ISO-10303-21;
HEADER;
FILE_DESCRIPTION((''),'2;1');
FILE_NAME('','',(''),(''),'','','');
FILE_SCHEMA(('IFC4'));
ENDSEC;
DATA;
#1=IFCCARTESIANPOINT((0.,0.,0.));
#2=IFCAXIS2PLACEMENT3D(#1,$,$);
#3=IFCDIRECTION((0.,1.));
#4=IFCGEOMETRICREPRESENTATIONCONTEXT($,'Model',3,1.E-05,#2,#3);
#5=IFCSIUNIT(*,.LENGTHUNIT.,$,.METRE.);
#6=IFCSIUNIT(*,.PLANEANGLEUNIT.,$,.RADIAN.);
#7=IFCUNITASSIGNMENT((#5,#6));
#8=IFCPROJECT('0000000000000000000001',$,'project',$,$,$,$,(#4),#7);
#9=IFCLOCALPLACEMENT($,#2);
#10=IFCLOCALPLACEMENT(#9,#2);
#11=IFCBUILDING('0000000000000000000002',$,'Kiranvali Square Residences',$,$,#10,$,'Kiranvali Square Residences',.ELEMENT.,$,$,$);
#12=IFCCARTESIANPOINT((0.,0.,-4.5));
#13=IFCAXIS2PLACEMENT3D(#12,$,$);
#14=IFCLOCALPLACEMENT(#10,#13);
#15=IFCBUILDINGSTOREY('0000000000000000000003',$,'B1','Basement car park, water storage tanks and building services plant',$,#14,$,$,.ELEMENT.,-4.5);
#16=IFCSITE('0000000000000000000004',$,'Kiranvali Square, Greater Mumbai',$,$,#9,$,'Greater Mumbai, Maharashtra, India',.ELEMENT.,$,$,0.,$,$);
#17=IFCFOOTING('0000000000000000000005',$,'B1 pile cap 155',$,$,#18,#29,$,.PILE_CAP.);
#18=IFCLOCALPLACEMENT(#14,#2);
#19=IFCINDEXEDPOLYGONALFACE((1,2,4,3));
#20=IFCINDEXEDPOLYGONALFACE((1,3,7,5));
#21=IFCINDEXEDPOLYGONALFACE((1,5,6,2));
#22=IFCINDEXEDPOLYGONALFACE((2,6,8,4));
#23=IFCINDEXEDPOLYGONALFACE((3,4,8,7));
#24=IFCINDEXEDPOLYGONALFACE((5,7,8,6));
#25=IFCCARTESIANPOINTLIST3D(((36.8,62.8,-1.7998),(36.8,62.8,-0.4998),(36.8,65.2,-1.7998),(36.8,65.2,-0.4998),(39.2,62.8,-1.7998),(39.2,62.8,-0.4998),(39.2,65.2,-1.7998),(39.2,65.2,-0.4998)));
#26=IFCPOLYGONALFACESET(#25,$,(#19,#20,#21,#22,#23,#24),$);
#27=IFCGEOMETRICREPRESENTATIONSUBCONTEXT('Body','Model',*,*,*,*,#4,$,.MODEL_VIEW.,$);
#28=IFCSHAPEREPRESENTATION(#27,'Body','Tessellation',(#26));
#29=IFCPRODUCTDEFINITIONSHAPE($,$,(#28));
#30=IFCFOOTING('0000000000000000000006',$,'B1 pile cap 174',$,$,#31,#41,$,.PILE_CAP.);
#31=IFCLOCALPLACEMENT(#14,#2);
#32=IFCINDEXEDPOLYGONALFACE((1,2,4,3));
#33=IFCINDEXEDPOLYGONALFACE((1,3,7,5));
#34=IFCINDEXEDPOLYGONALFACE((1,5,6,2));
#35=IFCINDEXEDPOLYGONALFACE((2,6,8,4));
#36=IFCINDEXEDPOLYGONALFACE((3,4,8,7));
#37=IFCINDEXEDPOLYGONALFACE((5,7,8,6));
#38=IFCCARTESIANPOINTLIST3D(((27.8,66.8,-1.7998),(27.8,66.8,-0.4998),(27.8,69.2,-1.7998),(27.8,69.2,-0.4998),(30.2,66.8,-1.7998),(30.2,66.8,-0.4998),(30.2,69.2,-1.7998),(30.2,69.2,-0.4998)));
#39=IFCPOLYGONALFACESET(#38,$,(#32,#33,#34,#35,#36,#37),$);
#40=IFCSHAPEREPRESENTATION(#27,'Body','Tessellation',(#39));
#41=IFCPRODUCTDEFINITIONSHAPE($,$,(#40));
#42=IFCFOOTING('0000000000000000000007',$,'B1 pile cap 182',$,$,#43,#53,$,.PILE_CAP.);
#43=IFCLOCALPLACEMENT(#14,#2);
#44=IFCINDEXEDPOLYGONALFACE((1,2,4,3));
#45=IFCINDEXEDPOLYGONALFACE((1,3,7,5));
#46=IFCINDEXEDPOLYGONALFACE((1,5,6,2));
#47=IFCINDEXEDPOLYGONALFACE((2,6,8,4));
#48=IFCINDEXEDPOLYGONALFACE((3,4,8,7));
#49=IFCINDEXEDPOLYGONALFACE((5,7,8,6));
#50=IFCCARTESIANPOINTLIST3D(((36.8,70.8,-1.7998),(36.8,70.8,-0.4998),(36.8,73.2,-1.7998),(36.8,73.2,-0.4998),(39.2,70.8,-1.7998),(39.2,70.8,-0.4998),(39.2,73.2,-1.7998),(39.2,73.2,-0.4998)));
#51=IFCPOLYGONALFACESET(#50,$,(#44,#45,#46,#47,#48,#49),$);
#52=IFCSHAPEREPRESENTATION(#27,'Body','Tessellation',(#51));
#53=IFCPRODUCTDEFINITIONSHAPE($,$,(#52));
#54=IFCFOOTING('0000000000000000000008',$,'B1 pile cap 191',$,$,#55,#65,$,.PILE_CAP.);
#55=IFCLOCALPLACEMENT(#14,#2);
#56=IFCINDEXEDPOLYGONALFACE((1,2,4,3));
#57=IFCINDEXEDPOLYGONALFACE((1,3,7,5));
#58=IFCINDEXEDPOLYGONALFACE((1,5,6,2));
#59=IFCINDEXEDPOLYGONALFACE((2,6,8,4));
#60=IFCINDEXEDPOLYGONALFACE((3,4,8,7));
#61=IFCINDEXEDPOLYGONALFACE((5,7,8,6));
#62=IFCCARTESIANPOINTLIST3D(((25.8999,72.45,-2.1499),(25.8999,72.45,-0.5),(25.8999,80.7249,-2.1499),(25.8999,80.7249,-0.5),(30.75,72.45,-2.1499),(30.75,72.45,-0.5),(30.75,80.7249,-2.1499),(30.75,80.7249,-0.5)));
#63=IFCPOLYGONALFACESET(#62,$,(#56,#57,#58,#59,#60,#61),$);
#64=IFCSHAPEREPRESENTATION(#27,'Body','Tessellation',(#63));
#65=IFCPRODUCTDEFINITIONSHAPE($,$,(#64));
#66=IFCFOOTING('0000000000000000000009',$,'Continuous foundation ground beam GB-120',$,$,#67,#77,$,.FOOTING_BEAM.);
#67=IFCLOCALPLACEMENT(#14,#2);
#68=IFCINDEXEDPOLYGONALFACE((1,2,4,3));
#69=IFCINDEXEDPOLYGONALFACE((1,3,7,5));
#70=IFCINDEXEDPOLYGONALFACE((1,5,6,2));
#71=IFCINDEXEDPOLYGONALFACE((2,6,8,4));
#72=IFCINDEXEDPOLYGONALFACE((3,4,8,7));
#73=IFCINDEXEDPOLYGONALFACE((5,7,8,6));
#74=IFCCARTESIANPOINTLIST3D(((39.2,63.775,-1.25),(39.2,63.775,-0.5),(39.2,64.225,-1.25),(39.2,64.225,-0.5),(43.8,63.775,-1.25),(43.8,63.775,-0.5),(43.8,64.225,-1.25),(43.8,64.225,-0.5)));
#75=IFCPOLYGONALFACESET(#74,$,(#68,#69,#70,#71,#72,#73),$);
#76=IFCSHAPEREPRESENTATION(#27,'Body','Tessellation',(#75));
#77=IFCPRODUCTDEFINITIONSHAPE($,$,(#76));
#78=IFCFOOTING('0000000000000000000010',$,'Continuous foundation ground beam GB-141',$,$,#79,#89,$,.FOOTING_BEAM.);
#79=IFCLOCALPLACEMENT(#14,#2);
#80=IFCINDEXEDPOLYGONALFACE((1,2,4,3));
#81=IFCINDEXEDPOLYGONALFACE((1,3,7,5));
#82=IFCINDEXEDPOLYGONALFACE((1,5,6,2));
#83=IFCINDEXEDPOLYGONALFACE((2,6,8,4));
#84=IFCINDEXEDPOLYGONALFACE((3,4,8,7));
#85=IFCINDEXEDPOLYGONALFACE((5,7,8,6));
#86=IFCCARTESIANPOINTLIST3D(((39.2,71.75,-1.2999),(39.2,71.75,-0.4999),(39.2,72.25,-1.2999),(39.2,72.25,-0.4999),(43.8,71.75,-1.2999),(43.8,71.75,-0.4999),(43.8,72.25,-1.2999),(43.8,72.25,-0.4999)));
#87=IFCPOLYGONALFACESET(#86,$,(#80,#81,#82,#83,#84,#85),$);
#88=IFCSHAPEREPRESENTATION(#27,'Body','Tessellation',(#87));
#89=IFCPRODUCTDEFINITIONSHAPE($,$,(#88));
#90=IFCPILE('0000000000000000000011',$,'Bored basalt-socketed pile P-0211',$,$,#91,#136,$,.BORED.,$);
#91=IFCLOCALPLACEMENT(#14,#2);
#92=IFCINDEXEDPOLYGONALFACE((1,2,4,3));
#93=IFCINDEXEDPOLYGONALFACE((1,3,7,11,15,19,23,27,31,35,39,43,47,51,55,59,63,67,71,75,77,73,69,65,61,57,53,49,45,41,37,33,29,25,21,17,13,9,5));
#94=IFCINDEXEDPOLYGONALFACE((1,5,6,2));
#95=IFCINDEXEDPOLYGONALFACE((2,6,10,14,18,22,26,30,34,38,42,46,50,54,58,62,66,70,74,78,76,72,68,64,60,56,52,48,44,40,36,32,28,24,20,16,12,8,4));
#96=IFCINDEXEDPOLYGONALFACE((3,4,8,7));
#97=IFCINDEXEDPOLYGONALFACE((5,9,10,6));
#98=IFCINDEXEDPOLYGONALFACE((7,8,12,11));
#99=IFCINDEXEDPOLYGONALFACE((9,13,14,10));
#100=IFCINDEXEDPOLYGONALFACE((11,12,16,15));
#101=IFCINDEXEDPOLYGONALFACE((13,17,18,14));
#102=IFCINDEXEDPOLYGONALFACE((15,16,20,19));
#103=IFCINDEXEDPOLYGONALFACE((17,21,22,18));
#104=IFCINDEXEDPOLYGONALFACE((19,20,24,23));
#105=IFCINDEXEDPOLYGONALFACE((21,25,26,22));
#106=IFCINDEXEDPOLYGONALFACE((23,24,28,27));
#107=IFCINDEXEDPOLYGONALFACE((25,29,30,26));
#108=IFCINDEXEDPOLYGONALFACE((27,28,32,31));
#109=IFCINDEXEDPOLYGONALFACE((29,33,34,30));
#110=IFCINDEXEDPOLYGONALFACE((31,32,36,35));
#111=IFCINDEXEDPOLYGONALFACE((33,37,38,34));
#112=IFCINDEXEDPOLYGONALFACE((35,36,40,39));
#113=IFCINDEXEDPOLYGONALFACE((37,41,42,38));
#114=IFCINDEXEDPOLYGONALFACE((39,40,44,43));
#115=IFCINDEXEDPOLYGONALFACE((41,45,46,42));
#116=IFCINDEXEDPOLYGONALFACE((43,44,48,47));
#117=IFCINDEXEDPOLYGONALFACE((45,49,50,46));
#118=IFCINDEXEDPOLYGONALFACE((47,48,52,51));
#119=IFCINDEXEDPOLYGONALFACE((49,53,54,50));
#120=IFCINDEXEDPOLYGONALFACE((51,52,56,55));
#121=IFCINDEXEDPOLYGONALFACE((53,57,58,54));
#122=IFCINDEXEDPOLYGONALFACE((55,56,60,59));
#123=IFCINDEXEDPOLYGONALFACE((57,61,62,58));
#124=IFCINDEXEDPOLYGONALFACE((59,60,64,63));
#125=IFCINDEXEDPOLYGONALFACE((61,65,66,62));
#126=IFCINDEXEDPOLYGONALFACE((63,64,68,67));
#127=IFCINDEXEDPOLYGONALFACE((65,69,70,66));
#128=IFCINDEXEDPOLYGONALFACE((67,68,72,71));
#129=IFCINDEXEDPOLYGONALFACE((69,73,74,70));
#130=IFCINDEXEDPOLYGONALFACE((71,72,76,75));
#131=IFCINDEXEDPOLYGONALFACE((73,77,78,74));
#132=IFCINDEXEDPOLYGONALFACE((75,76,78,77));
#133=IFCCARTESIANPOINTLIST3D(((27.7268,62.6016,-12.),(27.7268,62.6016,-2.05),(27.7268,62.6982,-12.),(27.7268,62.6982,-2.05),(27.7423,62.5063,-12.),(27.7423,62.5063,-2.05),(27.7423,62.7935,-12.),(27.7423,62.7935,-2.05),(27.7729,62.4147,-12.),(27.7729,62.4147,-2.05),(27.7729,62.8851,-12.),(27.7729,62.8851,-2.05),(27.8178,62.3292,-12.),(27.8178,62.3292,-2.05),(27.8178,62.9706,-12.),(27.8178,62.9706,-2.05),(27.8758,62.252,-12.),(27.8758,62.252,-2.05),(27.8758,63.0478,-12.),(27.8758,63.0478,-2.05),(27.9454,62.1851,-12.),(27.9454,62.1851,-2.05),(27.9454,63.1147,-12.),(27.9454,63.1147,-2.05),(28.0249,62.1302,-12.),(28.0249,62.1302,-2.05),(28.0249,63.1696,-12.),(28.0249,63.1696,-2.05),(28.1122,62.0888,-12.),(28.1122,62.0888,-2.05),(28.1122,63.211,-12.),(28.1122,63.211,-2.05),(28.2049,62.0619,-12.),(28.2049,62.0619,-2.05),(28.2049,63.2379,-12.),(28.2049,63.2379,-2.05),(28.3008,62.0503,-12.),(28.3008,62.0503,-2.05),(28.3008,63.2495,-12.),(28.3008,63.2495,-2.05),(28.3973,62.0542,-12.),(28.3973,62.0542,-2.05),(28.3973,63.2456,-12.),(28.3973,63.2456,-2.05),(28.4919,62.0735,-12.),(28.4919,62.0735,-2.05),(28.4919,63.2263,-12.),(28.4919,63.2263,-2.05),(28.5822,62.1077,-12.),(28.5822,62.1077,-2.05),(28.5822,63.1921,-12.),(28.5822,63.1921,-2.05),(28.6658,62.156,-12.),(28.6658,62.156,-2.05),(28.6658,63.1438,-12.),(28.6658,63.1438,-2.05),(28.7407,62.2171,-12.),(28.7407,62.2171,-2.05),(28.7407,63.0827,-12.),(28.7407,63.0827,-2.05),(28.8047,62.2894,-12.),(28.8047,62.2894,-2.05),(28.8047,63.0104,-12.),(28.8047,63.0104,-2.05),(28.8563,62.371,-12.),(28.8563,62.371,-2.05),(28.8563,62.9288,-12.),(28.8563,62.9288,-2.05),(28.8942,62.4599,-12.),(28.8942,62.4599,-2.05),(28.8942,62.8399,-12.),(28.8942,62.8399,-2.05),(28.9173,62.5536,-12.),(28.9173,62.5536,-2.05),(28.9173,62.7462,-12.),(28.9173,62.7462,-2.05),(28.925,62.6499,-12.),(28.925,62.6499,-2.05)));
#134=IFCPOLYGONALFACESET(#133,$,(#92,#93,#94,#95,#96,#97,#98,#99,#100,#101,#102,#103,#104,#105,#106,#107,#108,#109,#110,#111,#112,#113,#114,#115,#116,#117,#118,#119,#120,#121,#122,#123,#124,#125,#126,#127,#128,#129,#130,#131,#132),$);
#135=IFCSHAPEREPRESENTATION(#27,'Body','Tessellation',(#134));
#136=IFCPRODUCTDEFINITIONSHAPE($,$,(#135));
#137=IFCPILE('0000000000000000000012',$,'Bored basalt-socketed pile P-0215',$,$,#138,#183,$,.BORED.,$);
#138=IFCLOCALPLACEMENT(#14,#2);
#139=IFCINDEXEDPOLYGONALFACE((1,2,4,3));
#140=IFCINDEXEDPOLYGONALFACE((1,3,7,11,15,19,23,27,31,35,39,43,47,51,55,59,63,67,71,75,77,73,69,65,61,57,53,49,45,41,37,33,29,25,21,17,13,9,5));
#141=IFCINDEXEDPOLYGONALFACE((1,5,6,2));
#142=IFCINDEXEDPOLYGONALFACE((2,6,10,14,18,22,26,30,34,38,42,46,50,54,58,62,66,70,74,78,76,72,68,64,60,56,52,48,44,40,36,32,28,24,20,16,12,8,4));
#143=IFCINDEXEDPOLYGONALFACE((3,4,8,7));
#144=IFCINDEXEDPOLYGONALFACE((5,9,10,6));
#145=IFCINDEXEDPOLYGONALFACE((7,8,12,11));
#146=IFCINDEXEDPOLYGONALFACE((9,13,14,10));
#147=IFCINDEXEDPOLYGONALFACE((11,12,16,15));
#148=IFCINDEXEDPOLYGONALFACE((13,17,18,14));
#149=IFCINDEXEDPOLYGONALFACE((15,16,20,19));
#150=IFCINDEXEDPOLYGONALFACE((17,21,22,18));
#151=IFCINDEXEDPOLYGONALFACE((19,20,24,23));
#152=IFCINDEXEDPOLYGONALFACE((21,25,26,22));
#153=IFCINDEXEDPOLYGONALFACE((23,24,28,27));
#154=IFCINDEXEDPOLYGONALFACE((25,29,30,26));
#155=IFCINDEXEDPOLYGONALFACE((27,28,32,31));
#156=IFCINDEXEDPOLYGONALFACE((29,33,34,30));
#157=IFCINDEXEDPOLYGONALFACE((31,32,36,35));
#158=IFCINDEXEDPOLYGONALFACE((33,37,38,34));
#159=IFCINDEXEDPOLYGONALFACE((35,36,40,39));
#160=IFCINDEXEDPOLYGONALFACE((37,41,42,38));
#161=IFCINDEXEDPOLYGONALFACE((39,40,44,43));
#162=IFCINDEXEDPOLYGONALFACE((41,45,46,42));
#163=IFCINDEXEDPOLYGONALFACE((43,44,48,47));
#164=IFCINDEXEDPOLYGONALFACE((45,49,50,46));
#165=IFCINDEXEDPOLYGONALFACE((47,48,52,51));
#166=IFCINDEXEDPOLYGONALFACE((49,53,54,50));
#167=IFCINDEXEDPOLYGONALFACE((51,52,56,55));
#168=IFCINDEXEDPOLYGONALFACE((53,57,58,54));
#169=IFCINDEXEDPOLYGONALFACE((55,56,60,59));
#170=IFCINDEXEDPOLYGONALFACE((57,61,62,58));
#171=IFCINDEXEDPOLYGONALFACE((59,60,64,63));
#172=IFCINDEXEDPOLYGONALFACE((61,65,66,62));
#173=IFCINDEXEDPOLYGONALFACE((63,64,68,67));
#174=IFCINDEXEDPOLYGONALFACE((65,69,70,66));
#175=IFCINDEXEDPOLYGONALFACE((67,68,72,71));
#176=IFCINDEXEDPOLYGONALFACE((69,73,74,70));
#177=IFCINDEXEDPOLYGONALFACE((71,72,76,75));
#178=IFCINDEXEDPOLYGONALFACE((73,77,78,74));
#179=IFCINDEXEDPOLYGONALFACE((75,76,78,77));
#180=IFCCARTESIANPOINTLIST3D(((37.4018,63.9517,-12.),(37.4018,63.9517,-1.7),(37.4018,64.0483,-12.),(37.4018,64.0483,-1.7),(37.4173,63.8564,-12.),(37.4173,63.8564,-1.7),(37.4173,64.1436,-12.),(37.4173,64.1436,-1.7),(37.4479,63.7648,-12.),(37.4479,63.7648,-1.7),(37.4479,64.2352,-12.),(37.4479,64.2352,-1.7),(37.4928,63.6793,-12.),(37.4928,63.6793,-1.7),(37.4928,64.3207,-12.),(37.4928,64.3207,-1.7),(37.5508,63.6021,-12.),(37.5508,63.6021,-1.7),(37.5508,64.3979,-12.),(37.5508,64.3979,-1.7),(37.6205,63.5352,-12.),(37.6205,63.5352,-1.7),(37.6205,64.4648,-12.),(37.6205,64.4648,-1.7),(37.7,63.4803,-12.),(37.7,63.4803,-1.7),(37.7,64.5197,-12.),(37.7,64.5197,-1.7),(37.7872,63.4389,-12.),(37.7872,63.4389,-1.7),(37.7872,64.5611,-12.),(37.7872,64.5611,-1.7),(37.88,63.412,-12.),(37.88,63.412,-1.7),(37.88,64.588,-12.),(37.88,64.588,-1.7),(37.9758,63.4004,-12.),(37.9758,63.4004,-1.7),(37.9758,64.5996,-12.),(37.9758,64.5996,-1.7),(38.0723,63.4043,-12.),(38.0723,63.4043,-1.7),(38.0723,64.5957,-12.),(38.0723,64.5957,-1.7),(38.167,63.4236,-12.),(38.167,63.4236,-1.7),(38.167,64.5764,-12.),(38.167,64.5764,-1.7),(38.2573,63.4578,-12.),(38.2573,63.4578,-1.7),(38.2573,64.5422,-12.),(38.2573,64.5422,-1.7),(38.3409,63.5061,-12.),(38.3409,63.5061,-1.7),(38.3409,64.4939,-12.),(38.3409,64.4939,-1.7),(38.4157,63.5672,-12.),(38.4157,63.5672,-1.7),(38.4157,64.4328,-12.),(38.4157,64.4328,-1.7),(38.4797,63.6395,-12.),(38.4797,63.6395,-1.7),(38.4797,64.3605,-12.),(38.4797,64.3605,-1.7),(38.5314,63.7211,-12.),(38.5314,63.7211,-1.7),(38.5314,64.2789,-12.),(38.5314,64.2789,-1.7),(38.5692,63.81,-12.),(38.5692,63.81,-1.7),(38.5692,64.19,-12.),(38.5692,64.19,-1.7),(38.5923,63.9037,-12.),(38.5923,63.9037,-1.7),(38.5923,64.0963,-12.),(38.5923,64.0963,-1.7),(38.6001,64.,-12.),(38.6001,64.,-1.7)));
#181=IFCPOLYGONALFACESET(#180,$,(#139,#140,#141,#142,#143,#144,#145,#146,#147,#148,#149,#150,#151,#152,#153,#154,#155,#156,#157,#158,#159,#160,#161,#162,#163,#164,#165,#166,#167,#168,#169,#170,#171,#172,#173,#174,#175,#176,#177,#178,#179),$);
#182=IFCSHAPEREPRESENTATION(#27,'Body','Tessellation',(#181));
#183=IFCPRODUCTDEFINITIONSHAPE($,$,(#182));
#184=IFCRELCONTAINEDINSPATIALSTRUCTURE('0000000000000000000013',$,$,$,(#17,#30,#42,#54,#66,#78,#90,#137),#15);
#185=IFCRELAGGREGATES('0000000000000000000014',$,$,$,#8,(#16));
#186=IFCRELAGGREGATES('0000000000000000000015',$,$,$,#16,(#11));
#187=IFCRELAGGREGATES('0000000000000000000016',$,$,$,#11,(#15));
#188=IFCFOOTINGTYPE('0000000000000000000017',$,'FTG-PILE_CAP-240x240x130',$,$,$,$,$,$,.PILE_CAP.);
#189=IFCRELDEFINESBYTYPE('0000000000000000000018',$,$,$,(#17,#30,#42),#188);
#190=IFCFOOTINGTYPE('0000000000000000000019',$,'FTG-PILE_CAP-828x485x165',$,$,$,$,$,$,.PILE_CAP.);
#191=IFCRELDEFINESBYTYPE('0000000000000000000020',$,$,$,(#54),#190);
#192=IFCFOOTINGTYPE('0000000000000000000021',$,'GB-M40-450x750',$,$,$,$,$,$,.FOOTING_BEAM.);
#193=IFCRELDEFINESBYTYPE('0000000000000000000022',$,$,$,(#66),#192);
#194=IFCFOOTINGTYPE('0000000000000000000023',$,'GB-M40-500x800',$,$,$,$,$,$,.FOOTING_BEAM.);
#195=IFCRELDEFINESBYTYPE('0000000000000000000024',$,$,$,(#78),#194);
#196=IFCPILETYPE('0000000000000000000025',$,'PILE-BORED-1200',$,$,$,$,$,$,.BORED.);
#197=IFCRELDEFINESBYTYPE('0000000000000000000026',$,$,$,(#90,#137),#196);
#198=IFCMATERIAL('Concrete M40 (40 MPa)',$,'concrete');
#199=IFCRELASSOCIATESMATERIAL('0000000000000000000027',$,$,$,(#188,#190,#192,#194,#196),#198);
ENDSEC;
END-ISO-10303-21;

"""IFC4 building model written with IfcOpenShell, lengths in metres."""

from ifc_helpers import new_model, si_unit, direction, frame, origin, origin_2d, place, context, subcontext, project, spatial, rectangle, circle, extrude, material, material_profile, profile_set, type_object, element, save


model = new_model("IFC4")

# Units and contexts
model_context = context("Model", 3, precision=1e-05, world=origin(), true_north=direction((0.0, 1.0)))
body_context = subcontext(model_context, "Body", "Model", "MODEL_VIEW")
ifc_project = project(units=[si_unit("LENGTHUNIT", "METRE"), si_unit("PLANEANGLEUNIT", "RADIAN")], contexts=[model_context])

# Site, building, storey
site_placement = place(None, origin())
site = spatial("IfcSite", under=ifc_project, at=site_placement, Name="Kiranvali Square, Greater Mumbai", LongName="Greater Mumbai, Maharashtra, India", CompositionType="ELEMENT", RefElevation=0.0)
building_placement = place(site_placement, origin())
building = spatial("IfcBuilding", under=site, at=building_placement, Name="Kiranvali Square Residences", LongName="Kiranvali Square Residences", CompositionType="ELEMENT")
storey_placement = place(building_placement, frame((0.0, 0.0, -4.5)))
storey = spatial("IfcBuildingStorey", under=building, at=storey_placement, Name="B1", Description="Basement car park, water storage tanks and building services plant", CompositionType="ELEMENT", Elevation=-4.5)

# Footings
ifc_material_1 = material(Name="Concrete M40 (40 MPa)", Category="concrete")
footing_type_1 = type_object("IfcFootingType", Name="FTG-PILE_CAP-240x240x130", PredefinedType="PILE_CAP", material=ifc_material_1)
for number, where, z_axis, x_axis, name in (
    (1, (38.0, 64.0, -1.7998), (0.0, 0.0, 1.0), (1.0, 0.0, 0.0), "B1 pile cap 155"),
    (2, (29.0, 68.0, -1.7998), (0.0, 0.0, 1.0), (1.0, 0.0, 0.0), "B1 pile cap 174"),
    (3, (38.0, 72.0, -1.7998), (0.0, 0.0, 1.0), (1.0, 0.0, 0.0), "B1 pile cap 182"),
):
    element("IfcFooting", number, at=place(storey_placement, frame(where, z_axis=z_axis, x_axis=x_axis)), inside=storey, type_object=footing_type_1, Name=name, PredefinedType="PILE_CAP", context=body_context, shape_type="SweptSolid", body=[
        extrude(rectangle(XDim=2.3999, YDim=2.3999, at=origin_2d()), origin(), (0.0, 0.0, 1.0), 1.3),
    ])
footing_type_2 = type_object("IfcFootingType", Name="FTG-PILE_CAP-828x485x165", PredefinedType="PILE_CAP", material=ifc_material_1)
footing_1_placement = place(storey_placement, frame((28.325, 76.5874, -2.1499), z_axis=(0.0, 0.0, 1.0), x_axis=(0.0, 1.0, 0.0)))
element("IfcFooting", 4, at=footing_1_placement, inside=storey, type_object=footing_type_2, Name="B1 pile cap 191", PredefinedType="PILE_CAP", context=body_context, shape_type="SweptSolid", body=[
    extrude(rectangle(XDim=8.2749, YDim=4.8501, at=origin_2d()), origin(), (0.0, 0.0, 1.0), 1.6499),
])
ifc_material_profile_1 = material_profile(ifc_material_1, rectangle(XDim=0.45, YDim=0.75, at=origin_2d()), Name="GB 450x750")
ifc_profile_set_1 = profile_set([ifc_material_profile_1], Name="Concrete M40 (40 MPa)")
footing_type_3 = type_object("IfcFootingType", Name="GB-M40-450x750", PredefinedType="FOOTING_BEAM", material=ifc_profile_set_1)
footing_2_placement = place(storey_placement, frame((39.2, 64.0, -0.875), z_axis=(1.0, 0.0, 0.0), x_axis=(0.0, 1.0, 0.0)))
element("IfcFooting", 5, at=footing_2_placement, inside=storey, type_object=footing_type_3, Name="Continuous foundation ground beam GB-120", PredefinedType="FOOTING_BEAM", context=body_context, shape_type="SweptSolid", body=[
    extrude(rectangle(XDim=0.45, YDim=0.75, at=origin_2d()), origin(), (0.0, 0.0, 1.0), 4.6001),
])
ifc_material_profile_2 = material_profile(ifc_material_1, rectangle(XDim=0.5, YDim=0.8, at=origin_2d()), Name="GB 500x800")
ifc_profile_set_2 = profile_set([ifc_material_profile_2], Name="Concrete M40 (40 MPa)")
footing_type_4 = type_object("IfcFootingType", Name="GB-M40-500x800", PredefinedType="FOOTING_BEAM", material=ifc_profile_set_2)
footing_3_placement = place(storey_placement, frame((39.2, 72.0, -0.8999), z_axis=(1.0, 0.0, 0.0), x_axis=(0.0, 1.0, 0.0)))
element("IfcFooting", 6, at=footing_3_placement, inside=storey, type_object=footing_type_4, Name="Continuous foundation ground beam GB-141", PredefinedType="FOOTING_BEAM", context=body_context, shape_type="SweptSolid", body=[
    extrude(rectangle(XDim=0.5, YDim=0.8, at=origin_2d()), origin(), (0.0, 0.0, 1.0), 4.6001),
])

# Piles
ifc_material_profile_3 = material_profile(ifc_material_1, circle(Radius=0.6001, at=origin_2d()), Name="BORED PILE 1200")
ifc_profile_set_3 = profile_set([ifc_material_profile_3], Name="Concrete M40 (40 MPa)")
pile_type = type_object("IfcPileType", Name="PILE-BORED-1200", PredefinedType="BORED", material=ifc_profile_set_3)
pile_1_placement = place(storey_placement, frame((28.325, 62.6499, -2.05), z_axis=(0.0, 0.0, -1.0), x_axis=(1.0, 0.0, 0.0)))
element("IfcPile", 7, at=pile_1_placement, inside=storey, type_object=pile_type, Name="Bored basalt-socketed pile P-0211", PredefinedType="BORED", context=body_context, shape_type="SweptSolid", body=[
    extrude(circle(Radius=0.6001, at=origin_2d()), origin(), (0.0, 0.0, 1.0), 9.95),
])
for number, where, z_axis, x_axis, name in (
    (8, (38.0, 64.0, -1.7), (0.0, 0.0, -1.0), (1.0, 0.0, 0.0), "Bored basalt-socketed pile P-0215"),
):
    element("IfcPile", number, at=place(storey_placement, frame(where, z_axis=z_axis, x_axis=x_axis)), inside=storey, type_object=pile_type, Name=name, PredefinedType="BORED", context=body_context, shape_type="SweptSolid", body=[
        extrude(circle(Radius=0.6001, at=origin_2d()), origin(), (0.0, 0.0, 1.0), 10.3),
    ])

save(model, "model.ifc")
